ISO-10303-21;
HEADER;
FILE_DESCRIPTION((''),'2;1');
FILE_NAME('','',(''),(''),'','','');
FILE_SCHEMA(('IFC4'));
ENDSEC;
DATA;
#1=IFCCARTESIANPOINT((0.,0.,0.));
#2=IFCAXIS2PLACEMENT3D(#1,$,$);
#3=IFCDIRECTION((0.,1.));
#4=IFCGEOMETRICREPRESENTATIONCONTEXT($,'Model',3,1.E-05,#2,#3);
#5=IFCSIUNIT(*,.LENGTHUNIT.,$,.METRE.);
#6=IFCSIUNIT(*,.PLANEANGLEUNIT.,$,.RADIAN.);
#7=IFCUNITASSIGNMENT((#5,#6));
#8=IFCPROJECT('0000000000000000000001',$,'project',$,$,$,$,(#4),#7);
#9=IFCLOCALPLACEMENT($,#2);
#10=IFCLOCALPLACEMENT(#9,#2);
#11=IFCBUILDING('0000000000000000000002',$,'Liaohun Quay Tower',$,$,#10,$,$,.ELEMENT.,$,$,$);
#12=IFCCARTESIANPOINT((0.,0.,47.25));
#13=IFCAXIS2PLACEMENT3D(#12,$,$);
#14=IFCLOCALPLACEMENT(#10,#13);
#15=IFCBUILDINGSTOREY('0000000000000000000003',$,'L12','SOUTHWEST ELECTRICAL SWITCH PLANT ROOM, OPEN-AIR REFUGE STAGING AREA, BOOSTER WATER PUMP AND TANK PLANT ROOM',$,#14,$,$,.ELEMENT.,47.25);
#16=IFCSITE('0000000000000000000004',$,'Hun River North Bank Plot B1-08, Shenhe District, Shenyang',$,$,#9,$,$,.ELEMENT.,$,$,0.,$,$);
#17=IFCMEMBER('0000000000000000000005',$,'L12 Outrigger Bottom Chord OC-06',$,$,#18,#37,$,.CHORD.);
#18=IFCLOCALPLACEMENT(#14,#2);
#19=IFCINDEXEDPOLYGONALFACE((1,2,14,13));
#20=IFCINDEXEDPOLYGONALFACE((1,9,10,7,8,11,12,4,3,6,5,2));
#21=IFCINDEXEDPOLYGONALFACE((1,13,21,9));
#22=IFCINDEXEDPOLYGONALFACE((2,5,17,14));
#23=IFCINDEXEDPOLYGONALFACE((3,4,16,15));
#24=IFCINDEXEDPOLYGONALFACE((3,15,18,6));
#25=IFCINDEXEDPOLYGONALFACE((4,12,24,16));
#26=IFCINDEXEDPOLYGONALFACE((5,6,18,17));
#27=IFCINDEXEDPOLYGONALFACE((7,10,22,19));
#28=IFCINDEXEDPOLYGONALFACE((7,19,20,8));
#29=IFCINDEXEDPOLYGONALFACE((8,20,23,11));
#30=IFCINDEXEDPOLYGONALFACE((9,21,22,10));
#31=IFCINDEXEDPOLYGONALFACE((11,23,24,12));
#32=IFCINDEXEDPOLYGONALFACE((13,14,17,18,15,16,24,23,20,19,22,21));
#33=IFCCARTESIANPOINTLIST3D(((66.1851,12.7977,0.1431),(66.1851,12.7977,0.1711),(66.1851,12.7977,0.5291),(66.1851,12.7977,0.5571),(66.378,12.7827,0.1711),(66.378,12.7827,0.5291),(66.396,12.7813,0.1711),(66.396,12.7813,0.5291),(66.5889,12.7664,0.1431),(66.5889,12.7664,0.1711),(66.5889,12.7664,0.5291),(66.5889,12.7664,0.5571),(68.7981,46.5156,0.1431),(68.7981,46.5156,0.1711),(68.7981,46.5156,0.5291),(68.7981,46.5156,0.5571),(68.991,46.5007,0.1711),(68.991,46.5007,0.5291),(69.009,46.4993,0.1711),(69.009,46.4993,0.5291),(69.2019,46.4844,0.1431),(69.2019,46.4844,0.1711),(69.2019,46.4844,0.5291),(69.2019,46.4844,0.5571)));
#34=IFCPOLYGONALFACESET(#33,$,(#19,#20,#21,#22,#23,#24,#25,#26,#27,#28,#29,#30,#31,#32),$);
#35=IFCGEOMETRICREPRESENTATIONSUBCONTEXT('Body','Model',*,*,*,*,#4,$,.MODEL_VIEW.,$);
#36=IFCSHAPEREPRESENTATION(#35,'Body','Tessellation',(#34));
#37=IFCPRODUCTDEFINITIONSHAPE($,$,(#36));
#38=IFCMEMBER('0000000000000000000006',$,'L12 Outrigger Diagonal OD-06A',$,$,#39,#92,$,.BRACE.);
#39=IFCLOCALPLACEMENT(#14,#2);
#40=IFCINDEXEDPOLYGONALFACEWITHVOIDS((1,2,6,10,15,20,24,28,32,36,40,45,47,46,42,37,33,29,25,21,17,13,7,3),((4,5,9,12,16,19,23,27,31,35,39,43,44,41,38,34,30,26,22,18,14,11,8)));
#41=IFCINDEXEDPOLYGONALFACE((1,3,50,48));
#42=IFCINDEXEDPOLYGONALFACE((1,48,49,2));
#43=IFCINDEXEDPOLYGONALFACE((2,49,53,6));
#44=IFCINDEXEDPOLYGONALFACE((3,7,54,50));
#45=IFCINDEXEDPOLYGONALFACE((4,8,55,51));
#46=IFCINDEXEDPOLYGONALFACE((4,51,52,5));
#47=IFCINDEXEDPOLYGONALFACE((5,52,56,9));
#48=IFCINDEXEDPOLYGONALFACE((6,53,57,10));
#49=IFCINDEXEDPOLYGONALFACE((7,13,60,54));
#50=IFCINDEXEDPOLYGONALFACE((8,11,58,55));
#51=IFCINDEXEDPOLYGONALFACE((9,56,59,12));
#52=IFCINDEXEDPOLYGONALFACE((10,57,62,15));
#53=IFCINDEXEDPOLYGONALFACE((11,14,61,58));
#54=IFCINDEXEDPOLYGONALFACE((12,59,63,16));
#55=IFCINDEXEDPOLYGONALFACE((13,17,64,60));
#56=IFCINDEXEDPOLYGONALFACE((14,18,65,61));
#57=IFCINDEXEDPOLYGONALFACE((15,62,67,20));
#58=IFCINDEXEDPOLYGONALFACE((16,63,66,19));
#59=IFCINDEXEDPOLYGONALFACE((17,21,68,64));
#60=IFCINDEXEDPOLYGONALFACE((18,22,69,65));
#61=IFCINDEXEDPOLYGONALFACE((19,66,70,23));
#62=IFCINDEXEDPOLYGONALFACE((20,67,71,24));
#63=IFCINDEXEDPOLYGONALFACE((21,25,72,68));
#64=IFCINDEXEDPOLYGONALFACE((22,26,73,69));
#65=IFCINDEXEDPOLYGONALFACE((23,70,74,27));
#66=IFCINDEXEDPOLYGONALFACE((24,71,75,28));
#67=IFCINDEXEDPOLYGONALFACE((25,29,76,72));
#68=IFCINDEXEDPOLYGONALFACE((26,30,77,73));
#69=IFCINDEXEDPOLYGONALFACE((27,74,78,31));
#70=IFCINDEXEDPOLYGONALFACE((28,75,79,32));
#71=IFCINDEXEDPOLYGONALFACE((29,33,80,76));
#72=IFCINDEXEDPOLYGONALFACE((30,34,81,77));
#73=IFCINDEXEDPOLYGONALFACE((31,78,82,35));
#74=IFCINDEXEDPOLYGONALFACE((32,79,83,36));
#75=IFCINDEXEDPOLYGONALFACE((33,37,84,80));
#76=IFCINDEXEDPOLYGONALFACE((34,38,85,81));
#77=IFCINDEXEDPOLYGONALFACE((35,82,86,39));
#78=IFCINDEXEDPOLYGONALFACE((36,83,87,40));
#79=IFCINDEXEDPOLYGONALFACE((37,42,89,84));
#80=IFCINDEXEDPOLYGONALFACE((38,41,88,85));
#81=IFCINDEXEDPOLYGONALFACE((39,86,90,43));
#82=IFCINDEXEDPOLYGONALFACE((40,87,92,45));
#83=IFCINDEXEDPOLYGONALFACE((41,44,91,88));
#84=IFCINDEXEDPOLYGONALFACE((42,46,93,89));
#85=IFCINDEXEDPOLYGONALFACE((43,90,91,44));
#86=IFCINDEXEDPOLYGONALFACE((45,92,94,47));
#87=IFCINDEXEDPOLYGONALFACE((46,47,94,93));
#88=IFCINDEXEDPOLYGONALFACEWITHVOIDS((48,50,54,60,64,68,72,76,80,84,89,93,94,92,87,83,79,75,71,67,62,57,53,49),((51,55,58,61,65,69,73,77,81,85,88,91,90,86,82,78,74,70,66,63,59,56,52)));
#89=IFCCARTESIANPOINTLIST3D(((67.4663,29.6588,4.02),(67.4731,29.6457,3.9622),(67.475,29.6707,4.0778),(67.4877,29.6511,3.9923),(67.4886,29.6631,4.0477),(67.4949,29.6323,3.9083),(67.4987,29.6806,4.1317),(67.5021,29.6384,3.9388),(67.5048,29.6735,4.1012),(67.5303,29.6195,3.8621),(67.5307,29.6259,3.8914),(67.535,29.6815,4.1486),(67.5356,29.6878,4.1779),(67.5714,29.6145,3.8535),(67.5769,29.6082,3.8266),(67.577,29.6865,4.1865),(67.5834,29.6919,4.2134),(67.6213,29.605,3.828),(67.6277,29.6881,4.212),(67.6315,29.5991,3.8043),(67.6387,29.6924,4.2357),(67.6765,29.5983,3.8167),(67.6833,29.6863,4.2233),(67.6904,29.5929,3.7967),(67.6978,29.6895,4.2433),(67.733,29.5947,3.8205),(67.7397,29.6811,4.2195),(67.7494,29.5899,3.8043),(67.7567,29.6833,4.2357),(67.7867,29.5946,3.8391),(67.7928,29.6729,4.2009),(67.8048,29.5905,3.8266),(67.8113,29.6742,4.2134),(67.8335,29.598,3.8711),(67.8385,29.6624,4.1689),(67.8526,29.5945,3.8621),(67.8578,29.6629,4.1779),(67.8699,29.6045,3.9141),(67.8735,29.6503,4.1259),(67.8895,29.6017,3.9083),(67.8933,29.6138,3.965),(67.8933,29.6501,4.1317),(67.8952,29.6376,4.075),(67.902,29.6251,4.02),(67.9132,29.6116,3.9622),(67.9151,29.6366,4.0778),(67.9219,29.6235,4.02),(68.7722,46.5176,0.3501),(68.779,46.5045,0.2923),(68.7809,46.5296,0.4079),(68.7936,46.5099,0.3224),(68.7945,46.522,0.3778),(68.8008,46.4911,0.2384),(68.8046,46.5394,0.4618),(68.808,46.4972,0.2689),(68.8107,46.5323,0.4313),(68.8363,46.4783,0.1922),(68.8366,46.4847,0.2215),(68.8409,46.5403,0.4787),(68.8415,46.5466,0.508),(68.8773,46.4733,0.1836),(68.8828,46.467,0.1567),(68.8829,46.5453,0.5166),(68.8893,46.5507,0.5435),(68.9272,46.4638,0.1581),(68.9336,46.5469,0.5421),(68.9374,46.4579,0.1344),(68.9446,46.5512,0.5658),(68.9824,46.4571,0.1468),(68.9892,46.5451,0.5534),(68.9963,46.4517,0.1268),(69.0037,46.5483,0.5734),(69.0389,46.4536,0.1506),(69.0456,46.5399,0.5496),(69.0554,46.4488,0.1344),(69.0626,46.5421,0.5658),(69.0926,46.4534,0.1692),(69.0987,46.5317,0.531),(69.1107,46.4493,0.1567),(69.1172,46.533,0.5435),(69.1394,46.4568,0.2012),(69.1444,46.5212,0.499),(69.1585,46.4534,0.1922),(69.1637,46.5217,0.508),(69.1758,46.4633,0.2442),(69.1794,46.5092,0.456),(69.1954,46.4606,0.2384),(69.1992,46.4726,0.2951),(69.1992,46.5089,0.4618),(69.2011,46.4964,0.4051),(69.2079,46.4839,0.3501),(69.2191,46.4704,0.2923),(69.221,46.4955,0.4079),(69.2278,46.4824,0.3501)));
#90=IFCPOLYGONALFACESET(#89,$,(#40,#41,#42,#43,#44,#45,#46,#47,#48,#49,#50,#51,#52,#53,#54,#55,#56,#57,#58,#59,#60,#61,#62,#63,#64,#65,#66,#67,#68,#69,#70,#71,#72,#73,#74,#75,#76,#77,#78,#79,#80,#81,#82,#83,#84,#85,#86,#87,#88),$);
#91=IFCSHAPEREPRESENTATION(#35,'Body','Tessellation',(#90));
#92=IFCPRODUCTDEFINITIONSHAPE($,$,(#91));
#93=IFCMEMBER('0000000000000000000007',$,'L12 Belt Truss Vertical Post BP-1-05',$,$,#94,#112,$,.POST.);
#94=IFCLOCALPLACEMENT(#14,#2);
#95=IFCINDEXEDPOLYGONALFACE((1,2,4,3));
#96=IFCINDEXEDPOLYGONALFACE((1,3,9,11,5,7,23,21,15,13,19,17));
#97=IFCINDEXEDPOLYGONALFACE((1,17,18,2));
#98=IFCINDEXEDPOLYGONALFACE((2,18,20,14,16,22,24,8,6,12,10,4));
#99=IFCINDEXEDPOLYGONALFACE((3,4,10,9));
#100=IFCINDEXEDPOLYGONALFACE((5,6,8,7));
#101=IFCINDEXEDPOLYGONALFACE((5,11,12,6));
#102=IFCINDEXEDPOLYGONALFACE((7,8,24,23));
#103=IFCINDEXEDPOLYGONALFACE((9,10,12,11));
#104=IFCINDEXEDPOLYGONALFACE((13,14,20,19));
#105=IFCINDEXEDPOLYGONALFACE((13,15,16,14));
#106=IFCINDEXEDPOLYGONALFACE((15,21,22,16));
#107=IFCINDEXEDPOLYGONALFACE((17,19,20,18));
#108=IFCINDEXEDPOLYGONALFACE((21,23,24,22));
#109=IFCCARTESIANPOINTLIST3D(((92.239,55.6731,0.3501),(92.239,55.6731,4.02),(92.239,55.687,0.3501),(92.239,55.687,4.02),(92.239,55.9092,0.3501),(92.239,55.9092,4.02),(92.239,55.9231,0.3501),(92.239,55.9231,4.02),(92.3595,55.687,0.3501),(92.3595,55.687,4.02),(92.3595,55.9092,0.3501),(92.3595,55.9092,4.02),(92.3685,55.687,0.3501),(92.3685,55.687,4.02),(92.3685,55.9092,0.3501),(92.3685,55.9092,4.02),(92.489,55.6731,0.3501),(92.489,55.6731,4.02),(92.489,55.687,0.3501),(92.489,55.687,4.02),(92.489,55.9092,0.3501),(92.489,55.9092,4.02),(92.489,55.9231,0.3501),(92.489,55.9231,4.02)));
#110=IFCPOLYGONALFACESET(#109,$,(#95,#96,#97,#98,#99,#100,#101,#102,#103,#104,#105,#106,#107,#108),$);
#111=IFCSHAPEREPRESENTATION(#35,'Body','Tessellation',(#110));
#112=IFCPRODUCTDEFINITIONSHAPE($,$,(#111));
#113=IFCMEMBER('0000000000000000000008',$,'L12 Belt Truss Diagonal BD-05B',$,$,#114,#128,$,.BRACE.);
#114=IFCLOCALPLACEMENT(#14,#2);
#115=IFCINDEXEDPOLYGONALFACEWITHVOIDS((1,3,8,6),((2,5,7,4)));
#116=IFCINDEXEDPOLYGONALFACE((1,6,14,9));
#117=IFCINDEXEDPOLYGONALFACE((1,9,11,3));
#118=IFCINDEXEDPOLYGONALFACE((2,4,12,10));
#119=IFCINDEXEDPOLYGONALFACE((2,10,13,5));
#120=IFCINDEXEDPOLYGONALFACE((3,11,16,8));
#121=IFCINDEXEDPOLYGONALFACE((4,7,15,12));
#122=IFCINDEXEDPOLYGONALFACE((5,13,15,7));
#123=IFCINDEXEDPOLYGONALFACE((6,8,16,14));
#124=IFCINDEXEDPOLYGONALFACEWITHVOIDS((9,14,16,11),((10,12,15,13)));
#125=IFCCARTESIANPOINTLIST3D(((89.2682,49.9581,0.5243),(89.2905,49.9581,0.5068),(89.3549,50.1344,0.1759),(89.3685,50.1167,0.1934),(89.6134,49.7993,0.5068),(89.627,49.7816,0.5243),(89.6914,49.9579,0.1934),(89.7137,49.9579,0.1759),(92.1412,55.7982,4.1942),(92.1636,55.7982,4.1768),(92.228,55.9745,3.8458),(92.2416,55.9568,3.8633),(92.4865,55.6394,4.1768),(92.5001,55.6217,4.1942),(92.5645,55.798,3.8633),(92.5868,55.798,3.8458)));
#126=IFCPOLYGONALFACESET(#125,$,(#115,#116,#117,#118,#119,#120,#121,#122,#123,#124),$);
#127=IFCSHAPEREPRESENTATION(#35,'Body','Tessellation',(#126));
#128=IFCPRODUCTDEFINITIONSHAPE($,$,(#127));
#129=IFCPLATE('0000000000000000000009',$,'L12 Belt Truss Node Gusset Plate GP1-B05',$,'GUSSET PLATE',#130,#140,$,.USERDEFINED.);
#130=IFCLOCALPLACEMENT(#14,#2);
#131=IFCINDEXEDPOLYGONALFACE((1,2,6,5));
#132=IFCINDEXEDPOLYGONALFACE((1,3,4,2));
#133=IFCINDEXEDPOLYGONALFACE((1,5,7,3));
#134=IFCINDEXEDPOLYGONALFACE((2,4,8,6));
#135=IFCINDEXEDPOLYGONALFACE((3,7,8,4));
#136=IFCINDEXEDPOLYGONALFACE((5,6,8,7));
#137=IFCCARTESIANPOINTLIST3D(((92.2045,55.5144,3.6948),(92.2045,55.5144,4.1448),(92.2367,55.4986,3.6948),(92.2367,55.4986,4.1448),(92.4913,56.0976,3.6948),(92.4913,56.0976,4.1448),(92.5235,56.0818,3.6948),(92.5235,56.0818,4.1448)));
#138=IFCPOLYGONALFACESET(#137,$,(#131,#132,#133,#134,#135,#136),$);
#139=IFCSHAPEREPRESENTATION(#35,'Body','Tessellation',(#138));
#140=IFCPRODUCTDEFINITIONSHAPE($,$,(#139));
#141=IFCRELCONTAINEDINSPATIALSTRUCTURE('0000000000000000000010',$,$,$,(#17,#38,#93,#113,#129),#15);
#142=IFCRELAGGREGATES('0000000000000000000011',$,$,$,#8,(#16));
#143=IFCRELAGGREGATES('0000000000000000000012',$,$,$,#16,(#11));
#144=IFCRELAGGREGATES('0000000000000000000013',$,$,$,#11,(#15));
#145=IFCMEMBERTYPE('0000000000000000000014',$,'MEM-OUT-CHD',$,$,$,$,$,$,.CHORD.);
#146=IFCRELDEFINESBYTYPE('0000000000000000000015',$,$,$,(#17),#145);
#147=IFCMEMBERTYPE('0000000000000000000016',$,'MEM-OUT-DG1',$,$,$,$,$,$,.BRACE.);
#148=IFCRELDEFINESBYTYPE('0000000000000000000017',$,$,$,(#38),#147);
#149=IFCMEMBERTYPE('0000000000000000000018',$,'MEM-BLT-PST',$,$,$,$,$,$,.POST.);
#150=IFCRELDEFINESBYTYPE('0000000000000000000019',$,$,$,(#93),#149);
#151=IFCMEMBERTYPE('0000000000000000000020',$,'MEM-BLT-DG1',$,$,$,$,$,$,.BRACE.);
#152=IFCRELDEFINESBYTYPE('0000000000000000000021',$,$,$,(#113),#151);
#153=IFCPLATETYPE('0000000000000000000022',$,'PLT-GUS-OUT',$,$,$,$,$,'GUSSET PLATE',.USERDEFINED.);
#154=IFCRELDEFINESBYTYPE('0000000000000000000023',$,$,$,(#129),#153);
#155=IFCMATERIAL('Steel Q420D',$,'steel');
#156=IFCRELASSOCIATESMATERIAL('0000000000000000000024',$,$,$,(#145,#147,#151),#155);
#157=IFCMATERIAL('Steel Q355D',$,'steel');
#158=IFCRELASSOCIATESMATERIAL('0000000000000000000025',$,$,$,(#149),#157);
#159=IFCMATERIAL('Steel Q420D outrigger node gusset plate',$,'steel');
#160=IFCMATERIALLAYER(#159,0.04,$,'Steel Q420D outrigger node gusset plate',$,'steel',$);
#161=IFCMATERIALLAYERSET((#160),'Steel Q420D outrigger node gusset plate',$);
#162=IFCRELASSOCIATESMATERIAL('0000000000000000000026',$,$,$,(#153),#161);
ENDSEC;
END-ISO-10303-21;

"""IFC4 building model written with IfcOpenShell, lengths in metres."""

from ifc_helpers import new_model, si_unit, direction, frame, origin, origin_2d, place, context, subcontext, project, spatial, rectangle, hollow_rectangle, hollow_circle, i_section, extrude, source, transform, mapped, material, layer, layer_set, material_profile, profile_set, type_object, element, save


model = new_model("IFC4")

# Units and contexts
model_context = context("Model", 3, precision=1e-05, world=origin(), true_north=direction((0.0, 1.0)))
body_context = subcontext(model_context, "Body", "Model", "MODEL_VIEW")
ifc_project = project(units=[si_unit("LENGTHUNIT", "METRE"), si_unit("PLANEANGLEUNIT", "RADIAN")], contexts=[model_context])

# Site, building, storey
site_placement = place(None, origin())
site = spatial("IfcSite", under=ifc_project, at=site_placement, Name="Hun River North Bank Plot B1-08, Shenhe District, Shenyang", CompositionType="ELEMENT", RefElevation=0.0)
building_placement = place(site_placement, origin())
building = spatial("IfcBuilding", under=site, at=building_placement, Name="Liaohun Quay Tower", CompositionType="ELEMENT")
storey_placement = place(building_placement, frame((0.0, 0.0, 47.25)))
storey = spatial("IfcBuildingStorey", under=building, at=storey_placement, Name="L12", Description="SOUTHWEST ELECTRICAL SWITCH PLANT ROOM, OPEN-AIR REFUGE STAGING AREA, BOOSTER WATER PUMP AND TANK PLANT ROOM", CompositionType="ELEMENT", Elevation=47.25)

# Members
ifc_material_1 = material(Name="Steel Q420D", Category="steel")
ifc_material_profile_1 = material_profile(ifc_material_1, i_section(OverallWidth=0.405, OverallDepth=0.4141, WebThickness=0.0181, FlangeThickness=0.0281, at=origin_2d()), Name="HW414x405x18x28")
ifc_profile_set_1 = profile_set([ifc_material_profile_1], Name="Steel Q420D")
member_type_1 = type_object("IfcMemberType", Name="MEM-OUT-CHD", PredefinedType="CHORD", material=ifc_profile_set_1)
shared_shape_1 = source(origin(), body_context, "Body", "SweptSolid", [
    extrude(i_section(OverallWidth=0.405, OverallDepth=0.4141, WebThickness=0.0181, FlangeThickness=0.0281, at=origin_2d()), origin(), (0.0, 0.0, 1.0), 33.8191),
])
member_1_placement = place(storey_placement, frame((69.0, 46.5, 0.3501), z_axis=(-0.077265, -0.997011, 0.0), x_axis=(0.997011, -0.077265, 0.0)))
element("IfcMember", 1, at=member_1_placement, inside=storey, type_object=member_type_1, Name="L12 Outrigger Bottom Chord OC-06", PredefinedType="CHORD", context=body_context, shape_type="MappedRepresentation", body=[
    mapped(shared_shape_1, transform((0.0, 0.0, 0.0), x_axis=(1.0, 0.0, 0.0), y_axis=(0.0, 1.0, 0.0), z_axis=(0.0, 0.0, 1.0), scale=1.0)),
])
ifc_material_profile_2 = material_profile(ifc_material_1, hollow_circle(Radius=0.2285, WallThickness=0.02, at=origin_2d()), Name="CHS457x20")
ifc_profile_set_2 = profile_set([ifc_material_profile_2], Name="Steel Q420D")
member_type_2 = type_object("IfcMemberType", Name="MEM-OUT-DG1", PredefinedType="BRACE", material=ifc_profile_set_2)
shared_shape_2 = source(origin(), body_context, "Body", "SweptSolid", [
    extrude(hollow_circle(Radius=0.2285, WallThickness=0.02, at=origin_2d()), origin(), (0.0, 0.0, 1.0), 17.303),
])
member_2_placement = place(storey_placement, frame((69.0, 46.5, 0.3501), z_axis=(-0.075473, -0.97433, 0.212097), x_axis=(0.997013, -0.07723, 0.0)))
element("IfcMember", 2, at=member_2_placement, inside=storey, type_object=member_type_2, Name="L12 Outrigger Diagonal OD-06A", PredefinedType="BRACE", context=body_context, shape_type="MappedRepresentation", body=[
    mapped(shared_shape_2, transform((0.0, 0.0, 0.0), x_axis=(1.0, 0.0, 0.0), y_axis=(0.0, 1.0, 0.0), z_axis=(0.0, 0.0, 1.0), scale=1.0)),
])
ifc_material_2 = material(Name="Steel Q355D", Category="steel")
ifc_material_profile_3 = material_profile(ifc_material_2, i_section(OverallWidth=0.25, OverallDepth=0.25, WebThickness=0.009, FlangeThickness=0.0139, at=origin_2d()), Name="HW250x250x9x14")
ifc_profile_set_3 = profile_set([ifc_material_profile_3], Name="Steel Q355D")
member_type_3 = type_object("IfcMemberType", Name="MEM-BLT-PST", PredefinedType="POST", material=ifc_profile_set_3)
shared_shape_3 = source(origin(), body_context, "Body", "SweptSolid", [
    extrude(i_section(OverallWidth=0.25, OverallDepth=0.25, WebThickness=0.009, FlangeThickness=0.0139, at=origin_2d()), origin(), (0.0, 0.0, 1.0), 3.6699),
])
member_3_placement = place(storey_placement, frame((92.364, 55.7981, 0.3501), z_axis=(0.0, 0.0, 1.0), x_axis=(1.0, 0.0, 0.0)))
element("IfcMember", 3, at=member_3_placement, inside=storey, type_object=member_type_3, Name="L12 Belt Truss Vertical Post BP-1-05", PredefinedType="POST", context=body_context, shape_type="MappedRepresentation", body=[
    mapped(shared_shape_3, transform((0.0, 0.0, 0.0), x_axis=(1.0, 0.0, 0.0), y_axis=(0.0, 1.0, 0.0), z_axis=(0.0, 0.0, 1.0), scale=1.0)),
])
ifc_material_profile_4 = material_profile(ifc_material_1, hollow_rectangle(XDim=0.3999, YDim=0.3999, WallThickness=0.02, at=origin_2d()), Name="SHS400x400x20")
ifc_profile_set_4 = profile_set([ifc_material_profile_4], Name="Steel Q420D")
member_type_4 = type_object("IfcMemberType", Name="MEM-BLT-DG1", PredefinedType="BRACE", material=ifc_profile_set_4)
shared_shape_4 = source(origin(), body_context, "Body", "SweptSolid", [
    extrude(hollow_rectangle(XDim=0.3999, YDim=0.3999, WallThickness=0.02, at=origin_2d()), origin(), (0.0, 0.0, 1.0), 7.4719),
])
member_4_placement = place(storey_placement, frame((92.364, 55.7981, 4.02), z_axis=(-0.384513, -0.781606, -0.491163), x_axis=(0.897297, -0.441428, 0.0)))
element("IfcMember", 4, at=member_4_placement, inside=storey, type_object=member_type_4, Name="L12 Belt Truss Diagonal BD-05B", PredefinedType="BRACE", context=body_context, shape_type="MappedRepresentation", body=[
    mapped(shared_shape_4, transform((0.0, 0.0, 0.0), x_axis=(1.0, 0.0, 0.0), y_axis=(0.0, 1.0, 0.0), z_axis=(0.0, 0.0, 1.0), scale=1.0)),
])

# Plate
ifc_material_3 = material(Name="Steel Q420D outrigger node gusset plate", Category="steel")
ifc_layer_1 = layer(ifc_material_3, 0.04, Name="Steel Q420D outrigger node gusset plate", Category="steel")
ifc_layer_set_1 = layer_set([ifc_layer_1], Name="Steel Q420D outrigger node gusset plate")
plate_type = type_object("IfcPlateType", Name="PLT-GUS-OUT", ElementType="GUSSET PLATE", PredefinedType="USERDEFINED", material=ifc_layer_set_1)
shared_shape_5 = source(origin(), body_context, "Body", "SweptSolid", [
    extrude(rectangle(XDim=0.6499, YDim=0.0359, at=origin_2d()), origin(), (0.0, 0.0, 1.0), 0.45),
])
plate_placement = place(storey_placement, frame((92.364, 55.7981, 3.6948), z_axis=(0.0, 0.0, 1.0), x_axis=(-0.441349, -0.897335, 0.0)))
element("IfcPlate", 5, at=plate_placement, inside=storey, type_object=plate_type, Name="L12 Belt Truss Node Gusset Plate GP1-B05", ObjectType="GUSSET PLATE", PredefinedType="USERDEFINED", context=body_context, shape_type="MappedRepresentation", body=[
    mapped(shared_shape_5, transform((0.0, 0.0, 0.0), x_axis=(1.0, 0.0, 0.0), y_axis=(0.0, 1.0, 0.0), z_axis=(0.0, 0.0, 1.0), scale=1.0)),
])

save(model, "model.ifc")
